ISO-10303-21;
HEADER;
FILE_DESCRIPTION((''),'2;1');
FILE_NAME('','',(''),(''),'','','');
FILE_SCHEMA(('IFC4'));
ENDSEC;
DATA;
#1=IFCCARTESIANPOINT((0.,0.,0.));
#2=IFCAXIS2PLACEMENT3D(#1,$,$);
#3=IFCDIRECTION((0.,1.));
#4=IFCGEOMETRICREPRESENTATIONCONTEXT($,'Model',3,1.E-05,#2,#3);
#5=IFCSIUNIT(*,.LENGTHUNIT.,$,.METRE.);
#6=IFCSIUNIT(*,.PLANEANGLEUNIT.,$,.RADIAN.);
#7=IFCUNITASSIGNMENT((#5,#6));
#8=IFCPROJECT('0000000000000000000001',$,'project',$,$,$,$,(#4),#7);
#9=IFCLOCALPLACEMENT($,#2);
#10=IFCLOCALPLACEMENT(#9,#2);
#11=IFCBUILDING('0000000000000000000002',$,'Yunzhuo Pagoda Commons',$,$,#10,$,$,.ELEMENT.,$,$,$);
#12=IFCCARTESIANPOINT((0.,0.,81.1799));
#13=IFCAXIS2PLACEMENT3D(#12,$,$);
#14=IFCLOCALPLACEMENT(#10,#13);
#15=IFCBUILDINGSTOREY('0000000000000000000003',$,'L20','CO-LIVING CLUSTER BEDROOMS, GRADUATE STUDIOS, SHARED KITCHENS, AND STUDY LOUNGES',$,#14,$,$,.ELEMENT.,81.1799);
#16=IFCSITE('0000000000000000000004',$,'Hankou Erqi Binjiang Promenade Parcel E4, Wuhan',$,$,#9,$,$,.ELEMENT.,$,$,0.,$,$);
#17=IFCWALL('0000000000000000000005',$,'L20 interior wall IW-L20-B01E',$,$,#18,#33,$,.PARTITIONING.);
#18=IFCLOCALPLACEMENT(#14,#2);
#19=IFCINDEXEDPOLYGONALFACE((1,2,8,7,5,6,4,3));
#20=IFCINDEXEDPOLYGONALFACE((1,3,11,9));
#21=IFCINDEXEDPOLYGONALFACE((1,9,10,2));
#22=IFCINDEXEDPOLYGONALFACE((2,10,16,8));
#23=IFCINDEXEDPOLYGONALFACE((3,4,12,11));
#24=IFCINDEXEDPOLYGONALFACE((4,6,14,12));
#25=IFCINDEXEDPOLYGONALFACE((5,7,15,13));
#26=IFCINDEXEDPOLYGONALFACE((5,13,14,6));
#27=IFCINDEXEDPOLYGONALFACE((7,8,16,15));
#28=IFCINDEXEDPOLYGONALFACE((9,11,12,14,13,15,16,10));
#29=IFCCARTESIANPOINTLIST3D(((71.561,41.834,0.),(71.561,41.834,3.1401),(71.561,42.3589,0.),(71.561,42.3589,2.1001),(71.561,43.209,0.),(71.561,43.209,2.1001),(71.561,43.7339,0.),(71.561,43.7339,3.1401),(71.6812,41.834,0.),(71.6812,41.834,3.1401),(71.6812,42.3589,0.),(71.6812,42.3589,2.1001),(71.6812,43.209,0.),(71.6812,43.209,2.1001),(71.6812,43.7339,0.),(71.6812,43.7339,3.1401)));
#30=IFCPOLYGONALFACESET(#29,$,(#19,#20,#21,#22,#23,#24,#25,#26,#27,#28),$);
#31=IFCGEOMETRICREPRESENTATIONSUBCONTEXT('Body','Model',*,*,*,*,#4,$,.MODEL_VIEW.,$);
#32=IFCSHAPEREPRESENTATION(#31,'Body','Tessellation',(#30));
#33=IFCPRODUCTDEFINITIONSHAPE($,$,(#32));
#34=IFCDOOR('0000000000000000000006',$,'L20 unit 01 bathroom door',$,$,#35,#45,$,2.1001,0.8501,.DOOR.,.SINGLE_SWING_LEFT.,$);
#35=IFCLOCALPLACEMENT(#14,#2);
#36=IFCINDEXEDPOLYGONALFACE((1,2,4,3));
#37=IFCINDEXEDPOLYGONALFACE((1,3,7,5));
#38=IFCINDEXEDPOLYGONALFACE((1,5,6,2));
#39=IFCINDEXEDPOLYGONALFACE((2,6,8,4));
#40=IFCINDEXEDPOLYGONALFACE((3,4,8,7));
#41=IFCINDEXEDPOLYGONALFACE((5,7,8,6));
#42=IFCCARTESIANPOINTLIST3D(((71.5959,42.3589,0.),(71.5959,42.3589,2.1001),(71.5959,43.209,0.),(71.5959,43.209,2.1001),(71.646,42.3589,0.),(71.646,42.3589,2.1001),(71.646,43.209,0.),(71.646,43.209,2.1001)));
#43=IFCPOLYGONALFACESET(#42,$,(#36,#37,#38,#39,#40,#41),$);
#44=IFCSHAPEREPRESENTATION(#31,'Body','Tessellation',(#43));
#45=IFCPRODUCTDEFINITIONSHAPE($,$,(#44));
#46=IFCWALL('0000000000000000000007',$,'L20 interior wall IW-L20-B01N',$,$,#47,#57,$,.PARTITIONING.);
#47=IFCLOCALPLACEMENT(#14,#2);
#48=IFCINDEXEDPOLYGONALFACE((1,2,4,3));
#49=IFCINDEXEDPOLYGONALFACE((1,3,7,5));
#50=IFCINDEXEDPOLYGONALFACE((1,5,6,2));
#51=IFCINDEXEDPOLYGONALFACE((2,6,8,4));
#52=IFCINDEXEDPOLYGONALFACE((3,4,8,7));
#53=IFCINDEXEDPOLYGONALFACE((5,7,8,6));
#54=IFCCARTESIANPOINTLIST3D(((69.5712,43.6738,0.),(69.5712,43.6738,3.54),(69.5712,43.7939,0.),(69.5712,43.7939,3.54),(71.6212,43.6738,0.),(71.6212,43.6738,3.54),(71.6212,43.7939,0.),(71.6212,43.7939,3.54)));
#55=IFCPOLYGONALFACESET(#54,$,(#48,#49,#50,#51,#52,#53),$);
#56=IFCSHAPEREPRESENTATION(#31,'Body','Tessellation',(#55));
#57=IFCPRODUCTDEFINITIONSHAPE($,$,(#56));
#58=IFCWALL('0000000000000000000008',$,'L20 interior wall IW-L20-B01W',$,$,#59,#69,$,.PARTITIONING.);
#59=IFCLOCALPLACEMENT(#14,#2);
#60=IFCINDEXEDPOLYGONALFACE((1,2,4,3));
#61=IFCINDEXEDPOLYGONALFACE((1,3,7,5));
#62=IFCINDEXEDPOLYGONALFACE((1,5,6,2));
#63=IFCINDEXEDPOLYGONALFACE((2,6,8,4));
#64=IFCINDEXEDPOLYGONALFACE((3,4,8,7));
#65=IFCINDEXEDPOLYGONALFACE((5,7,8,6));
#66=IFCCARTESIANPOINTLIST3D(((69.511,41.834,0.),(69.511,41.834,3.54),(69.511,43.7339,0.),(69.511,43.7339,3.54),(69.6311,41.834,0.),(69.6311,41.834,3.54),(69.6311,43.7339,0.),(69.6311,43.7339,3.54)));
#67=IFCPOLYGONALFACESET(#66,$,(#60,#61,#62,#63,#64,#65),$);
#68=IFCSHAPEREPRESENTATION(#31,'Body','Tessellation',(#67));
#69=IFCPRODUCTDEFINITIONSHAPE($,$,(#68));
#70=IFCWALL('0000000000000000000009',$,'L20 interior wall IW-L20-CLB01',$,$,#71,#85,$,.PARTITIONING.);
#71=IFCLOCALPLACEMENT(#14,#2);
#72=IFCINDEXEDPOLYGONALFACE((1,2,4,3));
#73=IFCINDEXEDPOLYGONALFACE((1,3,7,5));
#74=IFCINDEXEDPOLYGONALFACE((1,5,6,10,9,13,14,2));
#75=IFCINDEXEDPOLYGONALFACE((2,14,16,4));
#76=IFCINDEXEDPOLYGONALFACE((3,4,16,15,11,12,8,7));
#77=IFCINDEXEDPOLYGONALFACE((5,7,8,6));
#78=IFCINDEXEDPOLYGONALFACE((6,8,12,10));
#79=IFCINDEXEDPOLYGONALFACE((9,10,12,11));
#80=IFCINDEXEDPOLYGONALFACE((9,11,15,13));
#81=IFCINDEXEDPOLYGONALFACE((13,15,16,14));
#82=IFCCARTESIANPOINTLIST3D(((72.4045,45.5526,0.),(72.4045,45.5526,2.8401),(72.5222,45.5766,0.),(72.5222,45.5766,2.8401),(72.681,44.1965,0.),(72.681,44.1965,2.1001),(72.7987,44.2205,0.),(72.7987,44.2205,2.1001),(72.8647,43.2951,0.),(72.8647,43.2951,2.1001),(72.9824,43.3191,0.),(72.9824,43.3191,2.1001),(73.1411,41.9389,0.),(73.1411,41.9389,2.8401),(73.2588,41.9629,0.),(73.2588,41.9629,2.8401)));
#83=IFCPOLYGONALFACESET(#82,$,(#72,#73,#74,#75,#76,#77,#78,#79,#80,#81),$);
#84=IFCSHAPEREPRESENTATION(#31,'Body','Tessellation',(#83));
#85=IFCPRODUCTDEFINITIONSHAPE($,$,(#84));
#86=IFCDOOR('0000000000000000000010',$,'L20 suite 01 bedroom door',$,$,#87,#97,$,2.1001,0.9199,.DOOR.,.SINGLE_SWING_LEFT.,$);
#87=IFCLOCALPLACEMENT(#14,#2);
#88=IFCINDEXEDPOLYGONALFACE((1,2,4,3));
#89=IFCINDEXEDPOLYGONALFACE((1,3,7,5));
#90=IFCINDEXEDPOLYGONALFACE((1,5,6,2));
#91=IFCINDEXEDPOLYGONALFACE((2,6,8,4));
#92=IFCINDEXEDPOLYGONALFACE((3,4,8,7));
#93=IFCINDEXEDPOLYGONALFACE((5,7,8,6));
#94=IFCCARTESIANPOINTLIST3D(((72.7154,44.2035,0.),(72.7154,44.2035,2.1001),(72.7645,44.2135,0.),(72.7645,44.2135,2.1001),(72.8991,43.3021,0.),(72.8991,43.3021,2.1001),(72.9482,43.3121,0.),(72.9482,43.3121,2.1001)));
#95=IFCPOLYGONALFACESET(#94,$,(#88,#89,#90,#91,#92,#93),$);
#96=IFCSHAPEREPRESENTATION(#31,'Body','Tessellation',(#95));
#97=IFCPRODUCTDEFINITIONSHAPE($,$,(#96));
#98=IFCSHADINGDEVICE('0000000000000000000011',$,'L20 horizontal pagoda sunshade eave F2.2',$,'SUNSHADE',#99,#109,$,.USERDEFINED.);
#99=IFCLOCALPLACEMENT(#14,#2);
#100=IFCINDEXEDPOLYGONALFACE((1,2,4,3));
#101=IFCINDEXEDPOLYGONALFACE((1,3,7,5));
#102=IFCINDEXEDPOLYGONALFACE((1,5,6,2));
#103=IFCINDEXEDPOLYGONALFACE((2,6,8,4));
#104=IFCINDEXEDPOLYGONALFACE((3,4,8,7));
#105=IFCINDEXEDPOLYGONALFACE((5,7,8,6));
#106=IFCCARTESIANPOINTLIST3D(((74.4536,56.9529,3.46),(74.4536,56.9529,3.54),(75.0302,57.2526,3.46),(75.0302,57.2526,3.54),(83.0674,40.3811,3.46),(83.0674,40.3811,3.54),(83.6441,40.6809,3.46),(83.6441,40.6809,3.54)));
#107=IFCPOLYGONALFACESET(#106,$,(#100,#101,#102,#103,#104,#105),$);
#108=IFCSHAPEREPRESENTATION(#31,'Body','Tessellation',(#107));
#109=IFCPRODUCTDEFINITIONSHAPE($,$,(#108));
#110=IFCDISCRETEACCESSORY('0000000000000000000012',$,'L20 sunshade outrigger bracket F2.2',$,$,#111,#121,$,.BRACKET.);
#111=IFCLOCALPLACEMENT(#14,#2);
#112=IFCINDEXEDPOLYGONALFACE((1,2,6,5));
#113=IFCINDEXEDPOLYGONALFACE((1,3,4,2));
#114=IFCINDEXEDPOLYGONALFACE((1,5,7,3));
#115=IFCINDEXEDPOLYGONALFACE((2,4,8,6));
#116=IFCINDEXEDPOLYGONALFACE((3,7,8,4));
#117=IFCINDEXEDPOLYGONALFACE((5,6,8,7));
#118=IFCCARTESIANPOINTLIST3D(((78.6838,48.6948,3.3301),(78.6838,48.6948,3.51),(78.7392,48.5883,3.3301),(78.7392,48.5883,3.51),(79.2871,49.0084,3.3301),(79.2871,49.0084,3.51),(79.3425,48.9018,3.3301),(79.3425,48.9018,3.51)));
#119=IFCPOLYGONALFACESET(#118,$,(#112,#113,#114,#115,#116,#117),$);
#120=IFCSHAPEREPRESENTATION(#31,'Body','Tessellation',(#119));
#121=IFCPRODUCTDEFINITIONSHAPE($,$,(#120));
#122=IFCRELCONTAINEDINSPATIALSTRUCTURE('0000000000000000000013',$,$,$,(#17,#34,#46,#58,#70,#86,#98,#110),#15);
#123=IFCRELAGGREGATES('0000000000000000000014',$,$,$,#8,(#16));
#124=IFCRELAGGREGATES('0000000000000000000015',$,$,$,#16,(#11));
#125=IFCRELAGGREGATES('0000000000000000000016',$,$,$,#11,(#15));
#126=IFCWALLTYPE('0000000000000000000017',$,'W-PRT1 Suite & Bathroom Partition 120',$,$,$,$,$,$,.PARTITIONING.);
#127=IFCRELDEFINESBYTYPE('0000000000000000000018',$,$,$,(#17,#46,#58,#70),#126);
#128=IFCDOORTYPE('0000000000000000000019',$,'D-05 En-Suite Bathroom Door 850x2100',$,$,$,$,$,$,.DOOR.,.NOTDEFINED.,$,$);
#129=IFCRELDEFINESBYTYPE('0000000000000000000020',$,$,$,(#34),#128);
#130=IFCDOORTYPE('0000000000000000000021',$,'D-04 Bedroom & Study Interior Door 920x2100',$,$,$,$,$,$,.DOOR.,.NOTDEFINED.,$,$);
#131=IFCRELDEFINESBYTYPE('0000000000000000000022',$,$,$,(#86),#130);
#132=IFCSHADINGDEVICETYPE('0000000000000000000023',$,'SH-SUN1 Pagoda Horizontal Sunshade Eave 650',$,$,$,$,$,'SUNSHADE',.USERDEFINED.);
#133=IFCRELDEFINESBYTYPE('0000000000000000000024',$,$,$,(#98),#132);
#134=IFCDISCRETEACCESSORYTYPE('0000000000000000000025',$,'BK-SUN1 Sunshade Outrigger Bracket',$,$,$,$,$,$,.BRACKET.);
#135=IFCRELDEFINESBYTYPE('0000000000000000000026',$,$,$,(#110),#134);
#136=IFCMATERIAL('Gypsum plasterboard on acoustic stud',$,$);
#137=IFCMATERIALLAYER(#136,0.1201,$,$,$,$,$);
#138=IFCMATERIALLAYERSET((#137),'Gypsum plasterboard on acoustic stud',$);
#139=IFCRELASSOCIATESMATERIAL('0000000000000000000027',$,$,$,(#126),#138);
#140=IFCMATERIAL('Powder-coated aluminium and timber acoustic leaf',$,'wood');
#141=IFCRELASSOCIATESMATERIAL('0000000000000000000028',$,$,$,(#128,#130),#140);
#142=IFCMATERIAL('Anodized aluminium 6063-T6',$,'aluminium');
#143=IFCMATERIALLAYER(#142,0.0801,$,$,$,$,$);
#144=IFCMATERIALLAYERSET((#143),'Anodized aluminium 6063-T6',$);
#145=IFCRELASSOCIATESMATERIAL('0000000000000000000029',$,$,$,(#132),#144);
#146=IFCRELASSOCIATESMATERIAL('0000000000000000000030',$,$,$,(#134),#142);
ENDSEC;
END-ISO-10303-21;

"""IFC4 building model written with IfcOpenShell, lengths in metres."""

from ifc_helpers import new_model, si_unit, direction, frame, frame_2d, origin, origin_with_axes, origin_2d, place, context, subcontext, project, spatial, rectangle, extrude, source, transform, mapped, material, layer, layer_set, type_object, element, fill, save


model = new_model("IFC4")

# Units and contexts
model_context = context("Model", 3, precision=1e-05, world=origin(), true_north=direction((0.0, 1.0)))
body_context = subcontext(model_context, "Body", "Model", "MODEL_VIEW")
ifc_project = project(units=[si_unit("LENGTHUNIT", "METRE"), si_unit("PLANEANGLEUNIT", "RADIAN")], contexts=[model_context])

# Site, building, storey
site_placement = place(None, origin())
site = spatial("IfcSite", under=ifc_project, at=site_placement, Name="Hankou Erqi Binjiang Promenade Parcel E4, Wuhan", CompositionType="ELEMENT", RefElevation=0.0)
building_placement = place(site_placement, origin())
building = spatial("IfcBuilding", under=site, at=building_placement, Name="Yunzhuo Pagoda Commons", CompositionType="ELEMENT")
storey_placement = place(building_placement, frame((0.0, 0.0, 81.1799)))
storey = spatial("IfcBuildingStorey", under=building, at=storey_placement, Name="L20", Description="CO-LIVING CLUSTER BEDROOMS, GRADUATE STUDIOS, SHARED KITCHENS, AND STUDY LOUNGES", CompositionType="ELEMENT", Elevation=81.1799)

# Shared definitions
ifc_material_1 = material(Name="Anodized aluminium 6063-T6", Category="aluminium")

# Shared definitions
ifc_material_2 = material(Name="Gypsum plasterboard on acoustic stud")
ifc_layer_1 = layer(ifc_material_2, 0.1201)
ifc_layer_set_1 = layer_set([ifc_layer_1], Name="Gypsum plasterboard on acoustic stud")
wall_type = type_object("IfcWallType", Name="W-PRT1 Suite & Bathroom Partition 120", PredefinedType="PARTITIONING", material=ifc_layer_set_1)

# Wall, opening, door
wall_1_placement = place(storey_placement, frame((71.6211, 41.834, 0.0), z_axis=(0.0, 0.0, 1.0), x_axis=(0.0, 1.0, 0.0)))
wall_1 = element("IfcWall", 1, at=wall_1_placement, inside=storey, type_object=wall_type, Name="L20 interior wall IW-L20-B01E", PredefinedType="PARTITIONING", context=body_context, shape_type="SweptSolid", body=[
    extrude(rectangle(XDim=1.8999, YDim=0.1201, at=frame_2d((0.95, 0.0))), origin(), (0.0, 0.0, 1.0), 3.1401),
])
opening_1_placement = place(wall_1_placement, frame((0.5249, 0.0, 0.0)))
opening_1 = element("IfcOpeningElement", 2, at=opening_1_placement, cuts=wall_1, PredefinedType="OPENING", context=body_context, shape_type="SweptSolid", body=[
    extrude(rectangle(XDim=0.8501, YDim=2.1001, at=frame_2d((0.425, 1.05))), frame((0.0, 0.0701, 0.0), z_axis=(0.0, -1.0, 0.0), x_axis=(1.0, 0.0, 0.0)), (0.0, 0.0, 1.0), 0.1401),
])
ifc_material_3 = material(Name="Powder-coated aluminium and timber acoustic leaf", Category="wood")
door_type_1 = type_object("IfcDoorType", Name="D-05 En-Suite Bathroom Door 850x2100", OperationType="NOTDEFINED", PredefinedType="DOOR", material=ifc_material_3)
shared_shape_1 = source(origin(), body_context, "Body", "SweptSolid", [
    extrude(rectangle(XDim=0.8501, YDim=2.1001, at=frame_2d((0.425, 1.05))), frame((0.0, 0.0249, 0.0), z_axis=(0.0, -1.0, 0.0), x_axis=(1.0, 0.0, 0.0)), (0.0, 0.0, 1.0), 0.05),
])
door_1_placement = place(opening_1_placement, frame((0.8501, 0.0, 0.0), z_axis=(0.0, 0.0, 1.0), x_axis=(-1.0, 0.0, 0.0)))
door_1 = element("IfcDoor", 3, at=door_1_placement, inside=storey, type_object=door_type_1, Name="L20 unit 01 bathroom door", OperationType="SINGLE_SWING_LEFT", OverallHeight=2.1001, OverallWidth=0.8501, PredefinedType="DOOR", context=body_context, shape_type="MappedRepresentation", body=[
    mapped(shared_shape_1, transform((0.0, 0.0, 0.0), scale=1.0)),
])
fill(opening_1, door_1)

# Walls
wall_2_placement = place(storey_placement, frame((71.6211, 43.7339, 0.0), z_axis=(0.0, 0.0, 1.0), x_axis=(-1.0, 0.0, 0.0)))
element("IfcWall", 4, at=wall_2_placement, inside=storey, type_object=wall_type, Name="L20 interior wall IW-L20-B01N", PredefinedType="PARTITIONING", context=body_context, shape_type="SweptSolid", body=[
    extrude(rectangle(XDim=2.05, YDim=0.1201, at=frame_2d((1.0249, 0.0))), origin(), (0.0, 0.0, 1.0), 3.54),
])
wall_3_placement = place(storey_placement, frame((69.571, 43.7339, 0.0), z_axis=(0.0, 0.0, 1.0), x_axis=(0.0, -1.0, 0.0)))
element("IfcWall", 5, at=wall_3_placement, inside=storey, type_object=wall_type, Name="L20 interior wall IW-L20-B01W", PredefinedType="PARTITIONING", context=body_context, shape_type="SweptSolid", body=[
    extrude(rectangle(XDim=1.8999, YDim=0.1201, at=frame_2d((0.95, 0.0))), origin(), (0.0, 0.0, 1.0), 3.54),
])

# Wall, opening, door
wall_4_placement = place(storey_placement, frame((73.2, 41.9509, 0.0), z_axis=(0.0, 0.0, 1.0), x_axis=(-0.199717, 0.979854, 0.0)))
wall_4 = element("IfcWall", 6, at=wall_4_placement, inside=storey, type_object=wall_type, Name="L20 interior wall IW-L20-CLB01", PredefinedType="PARTITIONING", context=body_context, shape_type="SweptSolid", body=[
    extrude(rectangle(XDim=3.688, YDim=0.1201, at=frame_2d((1.844, 0.0))), origin(), (0.0, 0.0, 1.0), 2.8401),
])
opening_2_placement = place(wall_4_placement, frame((1.384, 0.0, 0.0)))
opening_2 = element("IfcOpeningElement", 7, at=opening_2_placement, cuts=wall_4, PredefinedType="OPENING", context=body_context, shape_type="SweptSolid", body=[
    extrude(rectangle(XDim=0.9199, YDim=2.1001, at=frame_2d((0.46, 1.05))), frame((0.0, 0.0701, 0.0), z_axis=(0.0, -1.0, 0.0), x_axis=(1.0, 0.0, 0.0)), (0.0, 0.0, 1.0), 0.1401),
])
door_type_2 = type_object("IfcDoorType", Name="D-04 Bedroom & Study Interior Door 920x2100", OperationType="NOTDEFINED", PredefinedType="DOOR", material=ifc_material_3)
shared_shape_2 = source(origin(), body_context, "Body", "SweptSolid", [
    extrude(rectangle(XDim=0.9199, YDim=2.1001, at=frame_2d((0.46, 1.05))), frame((0.0, 0.0249, 0.0), z_axis=(0.0, -1.0, 0.0), x_axis=(1.0, 0.0, 0.0)), (0.0, 0.0, 1.0), 0.05),
])
door_2_placement = place(opening_2_placement, origin_with_axes())
door_2 = element("IfcDoor", 8, at=door_2_placement, inside=storey, type_object=door_type_2, Name="L20 suite 01 bedroom door", OperationType="SINGLE_SWING_LEFT", OverallHeight=2.1001, OverallWidth=0.9199, PredefinedType="DOOR", context=body_context, shape_type="MappedRepresentation", body=[
    mapped(shared_shape_2, transform((0.0, 0.0, 0.0), scale=1.0)),
])
fill(opening_2, door_2)

# Shading device
ifc_layer_2 = layer(ifc_material_1, 0.0801)
ifc_layer_set_2 = layer_set([ifc_layer_2], Name="Anodized aluminium 6063-T6")
shading_device_type = type_object("IfcShadingDeviceType", Name="SH-SUN1 Pagoda Horizontal Sunshade Eave 650", ElementType="SUNSHADE", PredefinedType="USERDEFINED", material=ifc_layer_set_2)
shared_shape_3 = source(origin(), body_context, "Body", "SweptSolid", [
    extrude(rectangle(XDim=18.6768, YDim=0.6499, at=origin_2d()), origin(), (0.0, 0.0, 1.0), 0.0801),
])
shading_device_placement = place(storey_placement, frame((79.0488, 48.8169, 3.46), z_axis=(0.0, 0.0, 1.0), x_axis=(-0.461207, 0.887293, 0.0)))
element("IfcShadingDevice", 9, at=shading_device_placement, inside=storey, type_object=shading_device_type, Name="L20 horizontal pagoda sunshade eave F2.2", ObjectType="SUNSHADE", PredefinedType="USERDEFINED", context=body_context, shape_type="MappedRepresentation", body=[
    mapped(shared_shape_3, transform((0.0, 0.0, 0.0), scale=1.0)),
])

# Discrete accessory
discrete_accessory_type = type_object("IfcDiscreteAccessoryType", Name="BK-SUN1 Sunshade Outrigger Bracket", PredefinedType="BRACKET", material=ifc_material_1)
shared_shape_4 = source(origin(), body_context, "Body", "SweptSolid", [
    extrude(rectangle(XDim=0.1201, YDim=0.6799, at=origin_2d()), origin(), (0.0, 0.0, 1.0), 0.1799),
])
discrete_accessory_placement = place(storey_placement, frame((79.0132, 48.7983, 3.3301), z_axis=(0.0, 0.0, 1.0), x_axis=(-0.461207, 0.887293, 0.0)))
element("IfcDiscreteAccessory", 10, at=discrete_accessory_placement, inside=storey, type_object=discrete_accessory_type, Name="L20 sunshade outrigger bracket F2.2", PredefinedType="BRACKET", context=body_context, shape_type="MappedRepresentation", body=[
    mapped(shared_shape_4, transform((0.0, 0.0, 0.0), scale=1.0)),
])

save(model, "model.ifc")
